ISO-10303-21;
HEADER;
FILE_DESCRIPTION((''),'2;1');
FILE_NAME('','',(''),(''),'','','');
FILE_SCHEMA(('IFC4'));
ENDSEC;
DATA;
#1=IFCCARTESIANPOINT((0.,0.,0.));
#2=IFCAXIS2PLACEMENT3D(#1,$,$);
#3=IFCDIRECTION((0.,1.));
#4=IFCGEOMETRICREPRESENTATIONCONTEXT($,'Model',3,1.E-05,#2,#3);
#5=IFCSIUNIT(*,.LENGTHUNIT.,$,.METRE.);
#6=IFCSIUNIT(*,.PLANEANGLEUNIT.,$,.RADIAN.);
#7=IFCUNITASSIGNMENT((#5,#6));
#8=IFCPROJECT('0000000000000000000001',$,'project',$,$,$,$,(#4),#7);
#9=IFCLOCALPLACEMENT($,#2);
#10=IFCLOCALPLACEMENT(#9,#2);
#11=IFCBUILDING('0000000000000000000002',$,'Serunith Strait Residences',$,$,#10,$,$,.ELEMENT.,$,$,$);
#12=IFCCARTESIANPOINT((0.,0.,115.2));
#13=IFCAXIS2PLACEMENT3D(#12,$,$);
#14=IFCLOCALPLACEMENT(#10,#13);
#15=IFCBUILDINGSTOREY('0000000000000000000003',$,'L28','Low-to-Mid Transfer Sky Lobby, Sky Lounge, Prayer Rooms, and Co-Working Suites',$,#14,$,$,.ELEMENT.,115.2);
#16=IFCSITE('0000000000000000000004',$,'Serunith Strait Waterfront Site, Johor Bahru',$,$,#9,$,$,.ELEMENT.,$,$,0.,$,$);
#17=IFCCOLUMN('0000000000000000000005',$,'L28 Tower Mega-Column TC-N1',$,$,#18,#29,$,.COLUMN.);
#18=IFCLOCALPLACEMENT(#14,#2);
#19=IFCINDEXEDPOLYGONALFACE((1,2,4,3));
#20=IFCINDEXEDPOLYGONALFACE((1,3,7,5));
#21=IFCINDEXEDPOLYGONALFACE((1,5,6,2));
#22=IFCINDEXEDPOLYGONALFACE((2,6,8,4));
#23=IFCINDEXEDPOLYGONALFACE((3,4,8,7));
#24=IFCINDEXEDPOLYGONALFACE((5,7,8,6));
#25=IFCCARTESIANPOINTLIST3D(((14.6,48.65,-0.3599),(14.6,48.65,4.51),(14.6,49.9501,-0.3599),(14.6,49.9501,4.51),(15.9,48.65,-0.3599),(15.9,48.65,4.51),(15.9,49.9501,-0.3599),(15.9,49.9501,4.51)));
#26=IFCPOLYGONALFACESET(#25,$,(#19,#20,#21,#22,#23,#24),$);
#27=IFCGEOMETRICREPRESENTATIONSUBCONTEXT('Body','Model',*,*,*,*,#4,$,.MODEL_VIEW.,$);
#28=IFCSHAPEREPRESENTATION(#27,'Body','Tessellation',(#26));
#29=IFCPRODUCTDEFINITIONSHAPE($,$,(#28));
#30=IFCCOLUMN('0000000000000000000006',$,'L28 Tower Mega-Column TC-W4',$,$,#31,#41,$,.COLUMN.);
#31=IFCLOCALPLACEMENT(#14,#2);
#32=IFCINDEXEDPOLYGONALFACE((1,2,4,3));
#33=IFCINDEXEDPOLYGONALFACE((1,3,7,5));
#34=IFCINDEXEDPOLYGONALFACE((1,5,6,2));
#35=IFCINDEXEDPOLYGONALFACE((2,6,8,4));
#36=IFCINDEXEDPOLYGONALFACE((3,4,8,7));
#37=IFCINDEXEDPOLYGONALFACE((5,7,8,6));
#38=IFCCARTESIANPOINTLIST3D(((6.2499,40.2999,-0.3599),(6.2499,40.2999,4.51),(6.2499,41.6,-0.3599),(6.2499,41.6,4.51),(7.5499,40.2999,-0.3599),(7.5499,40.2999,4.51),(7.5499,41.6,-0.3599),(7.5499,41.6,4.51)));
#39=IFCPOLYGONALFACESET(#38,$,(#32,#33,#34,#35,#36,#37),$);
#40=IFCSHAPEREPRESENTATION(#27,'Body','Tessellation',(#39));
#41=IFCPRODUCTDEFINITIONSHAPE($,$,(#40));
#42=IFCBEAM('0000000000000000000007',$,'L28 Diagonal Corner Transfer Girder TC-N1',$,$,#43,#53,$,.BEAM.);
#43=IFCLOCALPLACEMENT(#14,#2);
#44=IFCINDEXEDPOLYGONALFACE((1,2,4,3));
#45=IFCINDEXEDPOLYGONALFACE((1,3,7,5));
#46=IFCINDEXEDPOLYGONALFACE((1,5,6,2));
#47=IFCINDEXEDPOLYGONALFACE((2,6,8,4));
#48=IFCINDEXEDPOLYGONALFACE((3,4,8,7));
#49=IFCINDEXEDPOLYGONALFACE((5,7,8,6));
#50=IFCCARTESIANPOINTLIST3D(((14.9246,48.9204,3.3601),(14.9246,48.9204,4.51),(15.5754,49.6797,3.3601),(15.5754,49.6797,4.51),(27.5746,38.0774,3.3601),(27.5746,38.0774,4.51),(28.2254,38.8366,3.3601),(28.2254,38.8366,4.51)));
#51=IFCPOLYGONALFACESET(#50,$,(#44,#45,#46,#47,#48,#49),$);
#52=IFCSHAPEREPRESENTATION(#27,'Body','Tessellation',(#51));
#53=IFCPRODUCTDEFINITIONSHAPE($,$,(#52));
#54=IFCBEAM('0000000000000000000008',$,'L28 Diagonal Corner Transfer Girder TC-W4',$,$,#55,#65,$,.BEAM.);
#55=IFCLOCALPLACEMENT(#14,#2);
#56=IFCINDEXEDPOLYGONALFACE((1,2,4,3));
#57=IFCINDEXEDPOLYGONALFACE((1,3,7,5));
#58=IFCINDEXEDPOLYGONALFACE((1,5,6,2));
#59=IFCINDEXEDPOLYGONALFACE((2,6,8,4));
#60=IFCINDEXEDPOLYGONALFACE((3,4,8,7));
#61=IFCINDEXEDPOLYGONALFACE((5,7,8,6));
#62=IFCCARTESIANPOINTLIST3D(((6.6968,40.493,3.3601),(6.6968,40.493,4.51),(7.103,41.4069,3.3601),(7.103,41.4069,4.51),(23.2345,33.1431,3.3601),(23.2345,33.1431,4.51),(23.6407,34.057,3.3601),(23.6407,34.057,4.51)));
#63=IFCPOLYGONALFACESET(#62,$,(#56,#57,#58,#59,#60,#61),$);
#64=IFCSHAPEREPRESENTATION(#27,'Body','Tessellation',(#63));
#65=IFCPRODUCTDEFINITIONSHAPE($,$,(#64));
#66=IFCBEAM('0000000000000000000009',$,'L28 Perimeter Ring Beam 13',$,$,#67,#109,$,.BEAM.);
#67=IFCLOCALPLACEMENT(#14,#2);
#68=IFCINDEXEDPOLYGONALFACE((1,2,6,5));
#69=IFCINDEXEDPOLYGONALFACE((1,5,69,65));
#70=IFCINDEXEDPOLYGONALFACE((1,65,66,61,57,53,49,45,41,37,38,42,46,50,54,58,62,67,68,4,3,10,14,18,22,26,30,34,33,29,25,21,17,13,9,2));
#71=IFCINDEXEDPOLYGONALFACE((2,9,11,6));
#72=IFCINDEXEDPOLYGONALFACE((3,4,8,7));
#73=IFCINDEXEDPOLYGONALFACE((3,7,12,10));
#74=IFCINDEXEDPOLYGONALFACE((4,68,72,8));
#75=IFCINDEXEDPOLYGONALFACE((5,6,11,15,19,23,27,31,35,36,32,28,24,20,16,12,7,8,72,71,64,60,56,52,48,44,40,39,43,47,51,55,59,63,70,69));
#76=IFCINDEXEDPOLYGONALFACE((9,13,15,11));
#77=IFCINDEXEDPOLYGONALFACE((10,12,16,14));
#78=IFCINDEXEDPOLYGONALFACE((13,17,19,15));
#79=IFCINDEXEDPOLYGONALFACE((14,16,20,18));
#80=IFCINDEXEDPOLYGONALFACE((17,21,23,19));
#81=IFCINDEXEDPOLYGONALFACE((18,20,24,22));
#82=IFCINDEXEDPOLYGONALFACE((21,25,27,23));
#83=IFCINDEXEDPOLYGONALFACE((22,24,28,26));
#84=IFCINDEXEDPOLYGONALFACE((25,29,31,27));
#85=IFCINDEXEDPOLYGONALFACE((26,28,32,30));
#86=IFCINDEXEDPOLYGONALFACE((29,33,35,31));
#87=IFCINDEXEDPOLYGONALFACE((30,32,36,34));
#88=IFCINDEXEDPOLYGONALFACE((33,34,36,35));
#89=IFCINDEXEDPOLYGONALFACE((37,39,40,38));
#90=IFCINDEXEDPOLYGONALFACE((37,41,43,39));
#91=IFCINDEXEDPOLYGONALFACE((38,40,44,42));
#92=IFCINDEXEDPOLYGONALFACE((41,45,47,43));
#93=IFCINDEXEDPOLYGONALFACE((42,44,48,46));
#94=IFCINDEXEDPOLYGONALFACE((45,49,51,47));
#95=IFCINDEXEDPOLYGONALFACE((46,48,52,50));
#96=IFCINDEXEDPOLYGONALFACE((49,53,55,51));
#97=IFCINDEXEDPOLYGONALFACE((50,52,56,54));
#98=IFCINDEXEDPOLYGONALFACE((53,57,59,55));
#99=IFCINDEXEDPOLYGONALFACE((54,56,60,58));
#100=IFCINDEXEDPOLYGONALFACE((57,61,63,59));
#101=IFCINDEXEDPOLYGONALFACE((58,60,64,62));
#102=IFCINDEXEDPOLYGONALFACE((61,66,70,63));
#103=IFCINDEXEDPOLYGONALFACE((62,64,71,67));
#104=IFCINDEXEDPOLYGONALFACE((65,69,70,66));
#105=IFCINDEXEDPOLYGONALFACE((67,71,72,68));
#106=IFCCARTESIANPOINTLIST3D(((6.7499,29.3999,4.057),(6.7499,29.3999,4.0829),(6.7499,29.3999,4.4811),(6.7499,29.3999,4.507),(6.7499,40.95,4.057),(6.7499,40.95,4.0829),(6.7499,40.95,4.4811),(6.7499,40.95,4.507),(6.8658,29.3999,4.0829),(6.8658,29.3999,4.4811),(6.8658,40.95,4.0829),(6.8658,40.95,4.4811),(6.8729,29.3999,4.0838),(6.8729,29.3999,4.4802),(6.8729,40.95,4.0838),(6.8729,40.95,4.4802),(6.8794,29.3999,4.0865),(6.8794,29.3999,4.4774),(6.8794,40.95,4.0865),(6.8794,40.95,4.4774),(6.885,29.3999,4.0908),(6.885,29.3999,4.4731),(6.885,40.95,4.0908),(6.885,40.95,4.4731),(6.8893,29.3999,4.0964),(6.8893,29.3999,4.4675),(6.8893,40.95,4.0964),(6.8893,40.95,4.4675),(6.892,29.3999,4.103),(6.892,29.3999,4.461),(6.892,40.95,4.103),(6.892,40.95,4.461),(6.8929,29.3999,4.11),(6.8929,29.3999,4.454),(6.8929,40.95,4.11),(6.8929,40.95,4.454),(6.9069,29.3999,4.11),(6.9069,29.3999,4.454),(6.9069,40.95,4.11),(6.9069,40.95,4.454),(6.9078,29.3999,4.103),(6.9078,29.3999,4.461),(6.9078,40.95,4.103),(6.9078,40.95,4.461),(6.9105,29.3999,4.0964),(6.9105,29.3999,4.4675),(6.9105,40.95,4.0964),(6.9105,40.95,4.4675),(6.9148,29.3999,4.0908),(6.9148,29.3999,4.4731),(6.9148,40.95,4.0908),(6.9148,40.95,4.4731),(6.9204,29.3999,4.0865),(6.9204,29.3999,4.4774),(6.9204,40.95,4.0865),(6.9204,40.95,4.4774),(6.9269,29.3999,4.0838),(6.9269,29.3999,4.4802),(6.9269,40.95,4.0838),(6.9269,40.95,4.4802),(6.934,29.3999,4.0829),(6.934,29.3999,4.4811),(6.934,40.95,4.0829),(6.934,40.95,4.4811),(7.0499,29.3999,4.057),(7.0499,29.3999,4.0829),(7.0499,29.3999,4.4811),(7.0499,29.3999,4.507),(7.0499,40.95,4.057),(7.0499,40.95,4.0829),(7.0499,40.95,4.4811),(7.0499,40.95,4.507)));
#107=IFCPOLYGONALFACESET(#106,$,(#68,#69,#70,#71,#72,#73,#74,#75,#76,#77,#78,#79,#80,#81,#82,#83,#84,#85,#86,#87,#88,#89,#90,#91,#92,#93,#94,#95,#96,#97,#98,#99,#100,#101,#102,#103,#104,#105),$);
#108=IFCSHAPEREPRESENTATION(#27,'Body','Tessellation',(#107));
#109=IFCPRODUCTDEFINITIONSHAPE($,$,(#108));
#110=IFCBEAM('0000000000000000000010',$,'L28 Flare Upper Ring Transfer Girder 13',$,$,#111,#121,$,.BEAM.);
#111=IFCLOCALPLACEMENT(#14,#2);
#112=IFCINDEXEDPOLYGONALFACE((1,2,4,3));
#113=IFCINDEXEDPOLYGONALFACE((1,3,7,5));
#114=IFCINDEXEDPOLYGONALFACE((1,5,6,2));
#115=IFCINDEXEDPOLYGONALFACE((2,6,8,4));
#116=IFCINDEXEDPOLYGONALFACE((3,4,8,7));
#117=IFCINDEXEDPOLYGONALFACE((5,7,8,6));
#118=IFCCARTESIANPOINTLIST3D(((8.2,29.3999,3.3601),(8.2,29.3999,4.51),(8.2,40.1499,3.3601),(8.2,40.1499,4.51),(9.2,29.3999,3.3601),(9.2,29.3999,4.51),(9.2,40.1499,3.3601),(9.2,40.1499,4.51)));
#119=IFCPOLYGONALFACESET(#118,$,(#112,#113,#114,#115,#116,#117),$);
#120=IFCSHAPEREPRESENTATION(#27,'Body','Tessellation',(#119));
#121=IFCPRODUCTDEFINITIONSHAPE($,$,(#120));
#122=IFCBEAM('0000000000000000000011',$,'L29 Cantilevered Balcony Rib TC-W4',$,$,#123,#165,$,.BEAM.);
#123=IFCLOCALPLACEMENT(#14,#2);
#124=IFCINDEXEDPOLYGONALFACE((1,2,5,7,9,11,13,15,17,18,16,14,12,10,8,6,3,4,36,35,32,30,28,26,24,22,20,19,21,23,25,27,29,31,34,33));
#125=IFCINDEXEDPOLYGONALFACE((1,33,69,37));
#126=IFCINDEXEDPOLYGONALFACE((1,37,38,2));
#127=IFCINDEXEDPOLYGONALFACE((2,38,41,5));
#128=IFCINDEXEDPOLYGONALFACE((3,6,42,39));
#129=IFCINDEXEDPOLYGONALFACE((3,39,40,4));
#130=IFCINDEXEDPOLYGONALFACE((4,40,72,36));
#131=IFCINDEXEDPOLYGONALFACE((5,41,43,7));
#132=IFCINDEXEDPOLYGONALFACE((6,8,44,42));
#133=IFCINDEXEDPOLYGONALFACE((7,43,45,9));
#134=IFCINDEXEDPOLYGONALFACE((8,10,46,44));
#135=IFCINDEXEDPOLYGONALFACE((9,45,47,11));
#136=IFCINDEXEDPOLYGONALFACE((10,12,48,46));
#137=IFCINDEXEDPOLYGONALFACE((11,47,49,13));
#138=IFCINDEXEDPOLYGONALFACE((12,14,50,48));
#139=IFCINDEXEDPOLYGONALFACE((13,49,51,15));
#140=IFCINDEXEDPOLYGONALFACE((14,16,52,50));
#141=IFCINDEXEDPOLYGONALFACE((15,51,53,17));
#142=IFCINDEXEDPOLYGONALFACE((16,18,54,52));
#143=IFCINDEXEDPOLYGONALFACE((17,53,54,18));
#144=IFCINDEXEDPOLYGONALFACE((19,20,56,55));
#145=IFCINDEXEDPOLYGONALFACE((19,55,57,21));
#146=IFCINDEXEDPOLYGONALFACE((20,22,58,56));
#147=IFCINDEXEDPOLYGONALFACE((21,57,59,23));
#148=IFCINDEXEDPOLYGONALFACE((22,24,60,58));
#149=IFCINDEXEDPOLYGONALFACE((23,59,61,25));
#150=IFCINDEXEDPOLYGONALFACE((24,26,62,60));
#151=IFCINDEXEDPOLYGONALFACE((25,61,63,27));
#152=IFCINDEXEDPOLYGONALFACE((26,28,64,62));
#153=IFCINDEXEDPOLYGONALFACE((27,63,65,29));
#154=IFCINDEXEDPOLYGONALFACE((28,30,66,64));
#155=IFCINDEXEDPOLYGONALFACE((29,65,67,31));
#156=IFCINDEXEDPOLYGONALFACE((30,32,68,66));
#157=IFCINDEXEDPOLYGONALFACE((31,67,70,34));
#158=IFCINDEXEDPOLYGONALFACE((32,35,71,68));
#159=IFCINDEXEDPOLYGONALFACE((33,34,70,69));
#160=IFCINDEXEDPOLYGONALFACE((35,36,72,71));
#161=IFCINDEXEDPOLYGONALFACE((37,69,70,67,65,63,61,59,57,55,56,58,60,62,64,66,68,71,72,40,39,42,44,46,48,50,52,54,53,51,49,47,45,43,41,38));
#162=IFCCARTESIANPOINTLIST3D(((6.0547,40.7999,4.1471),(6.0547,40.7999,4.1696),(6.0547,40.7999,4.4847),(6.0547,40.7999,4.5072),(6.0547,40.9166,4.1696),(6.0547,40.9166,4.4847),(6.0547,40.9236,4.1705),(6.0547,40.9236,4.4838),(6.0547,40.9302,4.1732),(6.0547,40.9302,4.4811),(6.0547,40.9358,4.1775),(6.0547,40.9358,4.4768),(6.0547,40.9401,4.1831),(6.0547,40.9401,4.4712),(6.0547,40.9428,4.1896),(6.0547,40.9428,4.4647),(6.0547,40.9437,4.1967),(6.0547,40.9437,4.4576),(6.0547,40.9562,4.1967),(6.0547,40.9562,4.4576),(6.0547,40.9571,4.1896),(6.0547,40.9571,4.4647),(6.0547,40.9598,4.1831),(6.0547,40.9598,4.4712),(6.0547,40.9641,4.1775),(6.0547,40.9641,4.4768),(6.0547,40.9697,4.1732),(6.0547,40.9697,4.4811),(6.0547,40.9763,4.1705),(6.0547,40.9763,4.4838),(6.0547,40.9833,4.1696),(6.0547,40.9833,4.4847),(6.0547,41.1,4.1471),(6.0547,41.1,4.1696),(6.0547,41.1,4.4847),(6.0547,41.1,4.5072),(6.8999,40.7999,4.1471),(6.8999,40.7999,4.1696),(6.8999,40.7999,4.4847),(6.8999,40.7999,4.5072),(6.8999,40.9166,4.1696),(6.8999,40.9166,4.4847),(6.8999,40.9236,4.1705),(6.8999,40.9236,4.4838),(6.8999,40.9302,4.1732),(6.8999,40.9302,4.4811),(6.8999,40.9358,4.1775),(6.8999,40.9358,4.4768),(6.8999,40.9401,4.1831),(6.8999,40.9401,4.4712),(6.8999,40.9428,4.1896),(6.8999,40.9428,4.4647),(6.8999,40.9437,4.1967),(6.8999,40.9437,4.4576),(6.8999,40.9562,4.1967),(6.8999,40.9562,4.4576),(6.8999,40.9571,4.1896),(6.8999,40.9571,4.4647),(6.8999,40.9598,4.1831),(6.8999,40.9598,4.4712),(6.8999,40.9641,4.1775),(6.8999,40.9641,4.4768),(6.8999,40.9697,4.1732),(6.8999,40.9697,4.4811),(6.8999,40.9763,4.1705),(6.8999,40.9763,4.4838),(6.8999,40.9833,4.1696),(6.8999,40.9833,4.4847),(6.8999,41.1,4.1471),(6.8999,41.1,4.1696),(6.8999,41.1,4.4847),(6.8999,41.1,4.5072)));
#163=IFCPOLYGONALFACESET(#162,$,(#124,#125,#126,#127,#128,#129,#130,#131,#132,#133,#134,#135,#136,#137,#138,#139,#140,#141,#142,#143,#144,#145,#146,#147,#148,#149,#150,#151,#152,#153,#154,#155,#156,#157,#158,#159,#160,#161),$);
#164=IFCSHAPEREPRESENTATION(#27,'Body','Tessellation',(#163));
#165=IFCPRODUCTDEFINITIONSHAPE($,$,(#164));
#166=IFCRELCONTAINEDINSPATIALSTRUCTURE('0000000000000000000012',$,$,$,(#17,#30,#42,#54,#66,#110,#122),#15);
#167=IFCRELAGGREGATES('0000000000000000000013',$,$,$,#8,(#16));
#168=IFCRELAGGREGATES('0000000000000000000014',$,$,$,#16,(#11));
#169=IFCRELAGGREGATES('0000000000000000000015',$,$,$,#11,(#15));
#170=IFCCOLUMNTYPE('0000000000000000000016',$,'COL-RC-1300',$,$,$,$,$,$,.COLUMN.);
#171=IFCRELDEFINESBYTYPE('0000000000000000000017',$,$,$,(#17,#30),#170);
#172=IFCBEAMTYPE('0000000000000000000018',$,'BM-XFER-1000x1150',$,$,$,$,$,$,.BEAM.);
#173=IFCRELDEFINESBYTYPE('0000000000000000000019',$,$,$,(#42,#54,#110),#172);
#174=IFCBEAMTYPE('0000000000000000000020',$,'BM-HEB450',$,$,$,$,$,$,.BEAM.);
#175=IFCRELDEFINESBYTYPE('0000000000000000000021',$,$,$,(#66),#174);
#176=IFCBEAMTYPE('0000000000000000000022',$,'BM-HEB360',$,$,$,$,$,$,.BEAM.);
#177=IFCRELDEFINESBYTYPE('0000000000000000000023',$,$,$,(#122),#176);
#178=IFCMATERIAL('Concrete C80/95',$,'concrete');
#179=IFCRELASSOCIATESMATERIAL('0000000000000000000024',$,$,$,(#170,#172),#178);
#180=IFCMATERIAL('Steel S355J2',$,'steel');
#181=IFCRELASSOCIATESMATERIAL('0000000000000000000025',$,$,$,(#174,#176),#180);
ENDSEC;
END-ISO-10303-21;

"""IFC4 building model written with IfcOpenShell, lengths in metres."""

from ifc_helpers import new_model, si_unit, direction, frame, origin, origin_2d, place, context, subcontext, project, spatial, rectangle, i_section, extrude, source, transform, mapped, material, material_profile, profile_set, type_object, element, save


model = new_model("IFC4")

# Units and contexts
model_context = context("Model", 3, precision=1e-05, world=origin(), true_north=direction((0.0, 1.0)))
body_context = subcontext(model_context, "Body", "Model", "MODEL_VIEW")
ifc_project = project(units=[si_unit("LENGTHUNIT", "METRE"), si_unit("PLANEANGLEUNIT", "RADIAN")], contexts=[model_context])

# Site, building, storey
site_placement = place(None, origin())
site = spatial("IfcSite", under=ifc_project, at=site_placement, Name="Serunith Strait Waterfront Site, Johor Bahru", CompositionType="ELEMENT", RefElevation=0.0)
building_placement = place(site_placement, origin())
building = spatial("IfcBuilding", under=site, at=building_placement, Name="Serunith Strait Residences", CompositionType="ELEMENT")
storey_placement = place(building_placement, frame((0.0, 0.0, 115.2)))
storey = spatial("IfcBuildingStorey", under=building, at=storey_placement, Name="L28", Description="Low-to-Mid Transfer Sky Lobby, Sky Lounge, Prayer Rooms, and Co-Working Suites", CompositionType="ELEMENT", Elevation=115.2)

# Columns
ifc_material_1 = material(Name="Concrete C80/95", Category="concrete")
ifc_material_profile_1 = material_profile(ifc_material_1, rectangle(XDim=1.3, YDim=1.3, at=origin_2d()), Name="RC 1300x1300")
ifc_profile_set_1 = profile_set([ifc_material_profile_1], Name="Concrete C80/95")
column_type = type_object("IfcColumnType", Name="COL-RC-1300", PredefinedType="COLUMN", material=ifc_profile_set_1)
shared_shape_1 = source(origin(), body_context, "Body", "SweptSolid", [
    extrude(rectangle(XDim=1.3, YDim=1.3, at=origin_2d()), origin(), (0.0, 0.0, 1.0), 4.8699),
])
for number, where, z_axis, x_axis, name in (
    (1, (15.25, 49.3, -0.3599), (0.0, 0.0, 1.0), (1.0, 0.0, 0.0), "L28 Tower Mega-Column TC-N1"),
    (2, (6.8999, 40.95, -0.3599), (0.0, 0.0, 1.0), (1.0, 0.0, 0.0), "L28 Tower Mega-Column TC-W4"),
):
    element("IfcColumn", number, at=place(storey_placement, frame(where, z_axis=z_axis, x_axis=x_axis)), inside=storey, type_object=column_type, Name=name, PredefinedType="COLUMN", context=body_context, shape_type="MappedRepresentation", body=[
        mapped(shared_shape_1, transform((0.0, 0.0, 0.0), scale=1.0)),
    ])

# Beams
ifc_material_profile_2 = material_profile(ifc_material_1, rectangle(XDim=1.0, YDim=1.1499, at=origin_2d()), Name="RC 1000x1150")
ifc_profile_set_2 = profile_set([ifc_material_profile_2], Name="Concrete C80/95")
beam_type_1 = type_object("IfcBeamType", Name="BM-XFER-1000x1150", PredefinedType="BEAM", material=ifc_profile_set_2)
shared_shape_2 = source(origin(), body_context, "Body", "SweptSolid", [
    extrude(rectangle(XDim=1.0, YDim=1.1499, at=origin_2d()), origin(), (0.0, 0.0, 1.0), 16.6611),
])
beam_1_placement = place(storey_placement, frame((15.25, 49.3, 3.9351), z_axis=(0.759249, -0.6508, 0.0), x_axis=(0.6508, 0.759249, 0.0)))
element("IfcBeam", 3, at=beam_1_placement, inside=storey, type_object=beam_type_1, Name="L28 Diagonal Corner Transfer Girder TC-N1", PredefinedType="BEAM", context=body_context, shape_type="MappedRepresentation", body=[
    mapped(shared_shape_2, transform((0.0, 0.0, 0.0), scale=1.0)),
])
shared_shape_3 = source(origin(), body_context, "Body", "SweptSolid", [
    extrude(rectangle(XDim=1.0, YDim=1.1499, at=origin_2d()), origin(), (0.0, 0.0, 1.0), 18.0974),
])
beam_2_placement = place(storey_placement, frame((6.8999, 40.95, 3.9351), z_axis=(0.913815, -0.40613, 0.0), x_axis=(0.40613, 0.913815, 0.0)))
element("IfcBeam", 4, at=beam_2_placement, inside=storey, type_object=beam_type_1, Name="L28 Diagonal Corner Transfer Girder TC-W4", PredefinedType="BEAM", context=body_context, shape_type="MappedRepresentation", body=[
    mapped(shared_shape_3, transform((0.0, 0.0, 0.0), scale=1.0)),
])
ifc_material_2 = material(Name="Steel S355J2", Category="steel")
ifc_material_profile_3 = material_profile(ifc_material_2, i_section(OverallWidth=0.3, OverallDepth=0.45, WebThickness=0.0139, FlangeThickness=0.0259, FilletRadius=0.0271, at=origin_2d()), Name="HEB 450")
ifc_profile_set_3 = profile_set([ifc_material_profile_3], Name="Steel S355J2")
beam_type_2 = type_object("IfcBeamType", Name="BM-HEB450", PredefinedType="BEAM", material=ifc_profile_set_3)
shared_shape_4 = source(origin(), body_context, "Body", "SweptSolid", [
    extrude(i_section(OverallWidth=0.3, OverallDepth=0.45, WebThickness=0.0139, FlangeThickness=0.0259, FilletRadius=0.0271, at=origin_2d()), origin(), (0.0, 0.0, 1.0), 11.55),
])
beam_3_placement = place(storey_placement, frame((6.8999, 40.95, 4.282), z_axis=(0.0, -1.0, 0.0), x_axis=(1.0, 0.0, 0.0)))
element("IfcBeam", 5, at=beam_3_placement, inside=storey, type_object=beam_type_2, Name="L28 Perimeter Ring Beam 13", PredefinedType="BEAM", context=body_context, shape_type="MappedRepresentation", body=[
    mapped(shared_shape_4, transform((0.0, 0.0, 0.0), scale=1.0)),
])
shared_shape_5 = source(origin(), body_context, "Body", "SweptSolid", [
    extrude(rectangle(XDim=1.0, YDim=1.1499, at=origin_2d()), origin(), (0.0, 0.0, 1.0), 10.75),
])
beam_4_placement = place(storey_placement, frame((8.7, 40.1499, 3.9351), z_axis=(0.0, -1.0, 0.0), x_axis=(1.0, 0.0, 0.0)))
element("IfcBeam", 6, at=beam_4_placement, inside=storey, type_object=beam_type_1, Name="L28 Flare Upper Ring Transfer Girder 13", PredefinedType="BEAM", context=body_context, shape_type="MappedRepresentation", body=[
    mapped(shared_shape_5, transform((0.0, 0.0, 0.0), scale=1.0)),
])
ifc_material_profile_4 = material_profile(ifc_material_2, i_section(OverallWidth=0.3, OverallDepth=0.3601, WebThickness=0.0125, FlangeThickness=0.0225, FilletRadius=0.0271, at=origin_2d()), Name="HEB 360")
ifc_profile_set_4 = profile_set([ifc_material_profile_4], Name="Steel S355J2")
beam_type_3 = type_object("IfcBeamType", Name="BM-HEB360", PredefinedType="BEAM", material=ifc_profile_set_4)
shared_shape_6 = source(origin(), body_context, "Body", "SweptSolid", [
    extrude(i_section(OverallWidth=0.3, OverallDepth=0.3601, WebThickness=0.0125, FlangeThickness=0.0225, FilletRadius=0.0271, at=origin_2d()), origin(), (0.0, 0.0, 1.0), 0.8452),
])
beam_5_placement = place(storey_placement, frame((6.8999, 40.95, 4.3271), z_axis=(-1.0, 0.0, 0.0), x_axis=(0.0, -1.0, 0.0)))
element("IfcBeam", 7, at=beam_5_placement, inside=storey, type_object=beam_type_3, Name="L29 Cantilevered Balcony Rib TC-W4", PredefinedType="BEAM", context=body_context, shape_type="MappedRepresentation", body=[
    mapped(shared_shape_6, transform((0.0, 0.0, 0.0), scale=1.0)),
])

save(model, "model.ifc")
